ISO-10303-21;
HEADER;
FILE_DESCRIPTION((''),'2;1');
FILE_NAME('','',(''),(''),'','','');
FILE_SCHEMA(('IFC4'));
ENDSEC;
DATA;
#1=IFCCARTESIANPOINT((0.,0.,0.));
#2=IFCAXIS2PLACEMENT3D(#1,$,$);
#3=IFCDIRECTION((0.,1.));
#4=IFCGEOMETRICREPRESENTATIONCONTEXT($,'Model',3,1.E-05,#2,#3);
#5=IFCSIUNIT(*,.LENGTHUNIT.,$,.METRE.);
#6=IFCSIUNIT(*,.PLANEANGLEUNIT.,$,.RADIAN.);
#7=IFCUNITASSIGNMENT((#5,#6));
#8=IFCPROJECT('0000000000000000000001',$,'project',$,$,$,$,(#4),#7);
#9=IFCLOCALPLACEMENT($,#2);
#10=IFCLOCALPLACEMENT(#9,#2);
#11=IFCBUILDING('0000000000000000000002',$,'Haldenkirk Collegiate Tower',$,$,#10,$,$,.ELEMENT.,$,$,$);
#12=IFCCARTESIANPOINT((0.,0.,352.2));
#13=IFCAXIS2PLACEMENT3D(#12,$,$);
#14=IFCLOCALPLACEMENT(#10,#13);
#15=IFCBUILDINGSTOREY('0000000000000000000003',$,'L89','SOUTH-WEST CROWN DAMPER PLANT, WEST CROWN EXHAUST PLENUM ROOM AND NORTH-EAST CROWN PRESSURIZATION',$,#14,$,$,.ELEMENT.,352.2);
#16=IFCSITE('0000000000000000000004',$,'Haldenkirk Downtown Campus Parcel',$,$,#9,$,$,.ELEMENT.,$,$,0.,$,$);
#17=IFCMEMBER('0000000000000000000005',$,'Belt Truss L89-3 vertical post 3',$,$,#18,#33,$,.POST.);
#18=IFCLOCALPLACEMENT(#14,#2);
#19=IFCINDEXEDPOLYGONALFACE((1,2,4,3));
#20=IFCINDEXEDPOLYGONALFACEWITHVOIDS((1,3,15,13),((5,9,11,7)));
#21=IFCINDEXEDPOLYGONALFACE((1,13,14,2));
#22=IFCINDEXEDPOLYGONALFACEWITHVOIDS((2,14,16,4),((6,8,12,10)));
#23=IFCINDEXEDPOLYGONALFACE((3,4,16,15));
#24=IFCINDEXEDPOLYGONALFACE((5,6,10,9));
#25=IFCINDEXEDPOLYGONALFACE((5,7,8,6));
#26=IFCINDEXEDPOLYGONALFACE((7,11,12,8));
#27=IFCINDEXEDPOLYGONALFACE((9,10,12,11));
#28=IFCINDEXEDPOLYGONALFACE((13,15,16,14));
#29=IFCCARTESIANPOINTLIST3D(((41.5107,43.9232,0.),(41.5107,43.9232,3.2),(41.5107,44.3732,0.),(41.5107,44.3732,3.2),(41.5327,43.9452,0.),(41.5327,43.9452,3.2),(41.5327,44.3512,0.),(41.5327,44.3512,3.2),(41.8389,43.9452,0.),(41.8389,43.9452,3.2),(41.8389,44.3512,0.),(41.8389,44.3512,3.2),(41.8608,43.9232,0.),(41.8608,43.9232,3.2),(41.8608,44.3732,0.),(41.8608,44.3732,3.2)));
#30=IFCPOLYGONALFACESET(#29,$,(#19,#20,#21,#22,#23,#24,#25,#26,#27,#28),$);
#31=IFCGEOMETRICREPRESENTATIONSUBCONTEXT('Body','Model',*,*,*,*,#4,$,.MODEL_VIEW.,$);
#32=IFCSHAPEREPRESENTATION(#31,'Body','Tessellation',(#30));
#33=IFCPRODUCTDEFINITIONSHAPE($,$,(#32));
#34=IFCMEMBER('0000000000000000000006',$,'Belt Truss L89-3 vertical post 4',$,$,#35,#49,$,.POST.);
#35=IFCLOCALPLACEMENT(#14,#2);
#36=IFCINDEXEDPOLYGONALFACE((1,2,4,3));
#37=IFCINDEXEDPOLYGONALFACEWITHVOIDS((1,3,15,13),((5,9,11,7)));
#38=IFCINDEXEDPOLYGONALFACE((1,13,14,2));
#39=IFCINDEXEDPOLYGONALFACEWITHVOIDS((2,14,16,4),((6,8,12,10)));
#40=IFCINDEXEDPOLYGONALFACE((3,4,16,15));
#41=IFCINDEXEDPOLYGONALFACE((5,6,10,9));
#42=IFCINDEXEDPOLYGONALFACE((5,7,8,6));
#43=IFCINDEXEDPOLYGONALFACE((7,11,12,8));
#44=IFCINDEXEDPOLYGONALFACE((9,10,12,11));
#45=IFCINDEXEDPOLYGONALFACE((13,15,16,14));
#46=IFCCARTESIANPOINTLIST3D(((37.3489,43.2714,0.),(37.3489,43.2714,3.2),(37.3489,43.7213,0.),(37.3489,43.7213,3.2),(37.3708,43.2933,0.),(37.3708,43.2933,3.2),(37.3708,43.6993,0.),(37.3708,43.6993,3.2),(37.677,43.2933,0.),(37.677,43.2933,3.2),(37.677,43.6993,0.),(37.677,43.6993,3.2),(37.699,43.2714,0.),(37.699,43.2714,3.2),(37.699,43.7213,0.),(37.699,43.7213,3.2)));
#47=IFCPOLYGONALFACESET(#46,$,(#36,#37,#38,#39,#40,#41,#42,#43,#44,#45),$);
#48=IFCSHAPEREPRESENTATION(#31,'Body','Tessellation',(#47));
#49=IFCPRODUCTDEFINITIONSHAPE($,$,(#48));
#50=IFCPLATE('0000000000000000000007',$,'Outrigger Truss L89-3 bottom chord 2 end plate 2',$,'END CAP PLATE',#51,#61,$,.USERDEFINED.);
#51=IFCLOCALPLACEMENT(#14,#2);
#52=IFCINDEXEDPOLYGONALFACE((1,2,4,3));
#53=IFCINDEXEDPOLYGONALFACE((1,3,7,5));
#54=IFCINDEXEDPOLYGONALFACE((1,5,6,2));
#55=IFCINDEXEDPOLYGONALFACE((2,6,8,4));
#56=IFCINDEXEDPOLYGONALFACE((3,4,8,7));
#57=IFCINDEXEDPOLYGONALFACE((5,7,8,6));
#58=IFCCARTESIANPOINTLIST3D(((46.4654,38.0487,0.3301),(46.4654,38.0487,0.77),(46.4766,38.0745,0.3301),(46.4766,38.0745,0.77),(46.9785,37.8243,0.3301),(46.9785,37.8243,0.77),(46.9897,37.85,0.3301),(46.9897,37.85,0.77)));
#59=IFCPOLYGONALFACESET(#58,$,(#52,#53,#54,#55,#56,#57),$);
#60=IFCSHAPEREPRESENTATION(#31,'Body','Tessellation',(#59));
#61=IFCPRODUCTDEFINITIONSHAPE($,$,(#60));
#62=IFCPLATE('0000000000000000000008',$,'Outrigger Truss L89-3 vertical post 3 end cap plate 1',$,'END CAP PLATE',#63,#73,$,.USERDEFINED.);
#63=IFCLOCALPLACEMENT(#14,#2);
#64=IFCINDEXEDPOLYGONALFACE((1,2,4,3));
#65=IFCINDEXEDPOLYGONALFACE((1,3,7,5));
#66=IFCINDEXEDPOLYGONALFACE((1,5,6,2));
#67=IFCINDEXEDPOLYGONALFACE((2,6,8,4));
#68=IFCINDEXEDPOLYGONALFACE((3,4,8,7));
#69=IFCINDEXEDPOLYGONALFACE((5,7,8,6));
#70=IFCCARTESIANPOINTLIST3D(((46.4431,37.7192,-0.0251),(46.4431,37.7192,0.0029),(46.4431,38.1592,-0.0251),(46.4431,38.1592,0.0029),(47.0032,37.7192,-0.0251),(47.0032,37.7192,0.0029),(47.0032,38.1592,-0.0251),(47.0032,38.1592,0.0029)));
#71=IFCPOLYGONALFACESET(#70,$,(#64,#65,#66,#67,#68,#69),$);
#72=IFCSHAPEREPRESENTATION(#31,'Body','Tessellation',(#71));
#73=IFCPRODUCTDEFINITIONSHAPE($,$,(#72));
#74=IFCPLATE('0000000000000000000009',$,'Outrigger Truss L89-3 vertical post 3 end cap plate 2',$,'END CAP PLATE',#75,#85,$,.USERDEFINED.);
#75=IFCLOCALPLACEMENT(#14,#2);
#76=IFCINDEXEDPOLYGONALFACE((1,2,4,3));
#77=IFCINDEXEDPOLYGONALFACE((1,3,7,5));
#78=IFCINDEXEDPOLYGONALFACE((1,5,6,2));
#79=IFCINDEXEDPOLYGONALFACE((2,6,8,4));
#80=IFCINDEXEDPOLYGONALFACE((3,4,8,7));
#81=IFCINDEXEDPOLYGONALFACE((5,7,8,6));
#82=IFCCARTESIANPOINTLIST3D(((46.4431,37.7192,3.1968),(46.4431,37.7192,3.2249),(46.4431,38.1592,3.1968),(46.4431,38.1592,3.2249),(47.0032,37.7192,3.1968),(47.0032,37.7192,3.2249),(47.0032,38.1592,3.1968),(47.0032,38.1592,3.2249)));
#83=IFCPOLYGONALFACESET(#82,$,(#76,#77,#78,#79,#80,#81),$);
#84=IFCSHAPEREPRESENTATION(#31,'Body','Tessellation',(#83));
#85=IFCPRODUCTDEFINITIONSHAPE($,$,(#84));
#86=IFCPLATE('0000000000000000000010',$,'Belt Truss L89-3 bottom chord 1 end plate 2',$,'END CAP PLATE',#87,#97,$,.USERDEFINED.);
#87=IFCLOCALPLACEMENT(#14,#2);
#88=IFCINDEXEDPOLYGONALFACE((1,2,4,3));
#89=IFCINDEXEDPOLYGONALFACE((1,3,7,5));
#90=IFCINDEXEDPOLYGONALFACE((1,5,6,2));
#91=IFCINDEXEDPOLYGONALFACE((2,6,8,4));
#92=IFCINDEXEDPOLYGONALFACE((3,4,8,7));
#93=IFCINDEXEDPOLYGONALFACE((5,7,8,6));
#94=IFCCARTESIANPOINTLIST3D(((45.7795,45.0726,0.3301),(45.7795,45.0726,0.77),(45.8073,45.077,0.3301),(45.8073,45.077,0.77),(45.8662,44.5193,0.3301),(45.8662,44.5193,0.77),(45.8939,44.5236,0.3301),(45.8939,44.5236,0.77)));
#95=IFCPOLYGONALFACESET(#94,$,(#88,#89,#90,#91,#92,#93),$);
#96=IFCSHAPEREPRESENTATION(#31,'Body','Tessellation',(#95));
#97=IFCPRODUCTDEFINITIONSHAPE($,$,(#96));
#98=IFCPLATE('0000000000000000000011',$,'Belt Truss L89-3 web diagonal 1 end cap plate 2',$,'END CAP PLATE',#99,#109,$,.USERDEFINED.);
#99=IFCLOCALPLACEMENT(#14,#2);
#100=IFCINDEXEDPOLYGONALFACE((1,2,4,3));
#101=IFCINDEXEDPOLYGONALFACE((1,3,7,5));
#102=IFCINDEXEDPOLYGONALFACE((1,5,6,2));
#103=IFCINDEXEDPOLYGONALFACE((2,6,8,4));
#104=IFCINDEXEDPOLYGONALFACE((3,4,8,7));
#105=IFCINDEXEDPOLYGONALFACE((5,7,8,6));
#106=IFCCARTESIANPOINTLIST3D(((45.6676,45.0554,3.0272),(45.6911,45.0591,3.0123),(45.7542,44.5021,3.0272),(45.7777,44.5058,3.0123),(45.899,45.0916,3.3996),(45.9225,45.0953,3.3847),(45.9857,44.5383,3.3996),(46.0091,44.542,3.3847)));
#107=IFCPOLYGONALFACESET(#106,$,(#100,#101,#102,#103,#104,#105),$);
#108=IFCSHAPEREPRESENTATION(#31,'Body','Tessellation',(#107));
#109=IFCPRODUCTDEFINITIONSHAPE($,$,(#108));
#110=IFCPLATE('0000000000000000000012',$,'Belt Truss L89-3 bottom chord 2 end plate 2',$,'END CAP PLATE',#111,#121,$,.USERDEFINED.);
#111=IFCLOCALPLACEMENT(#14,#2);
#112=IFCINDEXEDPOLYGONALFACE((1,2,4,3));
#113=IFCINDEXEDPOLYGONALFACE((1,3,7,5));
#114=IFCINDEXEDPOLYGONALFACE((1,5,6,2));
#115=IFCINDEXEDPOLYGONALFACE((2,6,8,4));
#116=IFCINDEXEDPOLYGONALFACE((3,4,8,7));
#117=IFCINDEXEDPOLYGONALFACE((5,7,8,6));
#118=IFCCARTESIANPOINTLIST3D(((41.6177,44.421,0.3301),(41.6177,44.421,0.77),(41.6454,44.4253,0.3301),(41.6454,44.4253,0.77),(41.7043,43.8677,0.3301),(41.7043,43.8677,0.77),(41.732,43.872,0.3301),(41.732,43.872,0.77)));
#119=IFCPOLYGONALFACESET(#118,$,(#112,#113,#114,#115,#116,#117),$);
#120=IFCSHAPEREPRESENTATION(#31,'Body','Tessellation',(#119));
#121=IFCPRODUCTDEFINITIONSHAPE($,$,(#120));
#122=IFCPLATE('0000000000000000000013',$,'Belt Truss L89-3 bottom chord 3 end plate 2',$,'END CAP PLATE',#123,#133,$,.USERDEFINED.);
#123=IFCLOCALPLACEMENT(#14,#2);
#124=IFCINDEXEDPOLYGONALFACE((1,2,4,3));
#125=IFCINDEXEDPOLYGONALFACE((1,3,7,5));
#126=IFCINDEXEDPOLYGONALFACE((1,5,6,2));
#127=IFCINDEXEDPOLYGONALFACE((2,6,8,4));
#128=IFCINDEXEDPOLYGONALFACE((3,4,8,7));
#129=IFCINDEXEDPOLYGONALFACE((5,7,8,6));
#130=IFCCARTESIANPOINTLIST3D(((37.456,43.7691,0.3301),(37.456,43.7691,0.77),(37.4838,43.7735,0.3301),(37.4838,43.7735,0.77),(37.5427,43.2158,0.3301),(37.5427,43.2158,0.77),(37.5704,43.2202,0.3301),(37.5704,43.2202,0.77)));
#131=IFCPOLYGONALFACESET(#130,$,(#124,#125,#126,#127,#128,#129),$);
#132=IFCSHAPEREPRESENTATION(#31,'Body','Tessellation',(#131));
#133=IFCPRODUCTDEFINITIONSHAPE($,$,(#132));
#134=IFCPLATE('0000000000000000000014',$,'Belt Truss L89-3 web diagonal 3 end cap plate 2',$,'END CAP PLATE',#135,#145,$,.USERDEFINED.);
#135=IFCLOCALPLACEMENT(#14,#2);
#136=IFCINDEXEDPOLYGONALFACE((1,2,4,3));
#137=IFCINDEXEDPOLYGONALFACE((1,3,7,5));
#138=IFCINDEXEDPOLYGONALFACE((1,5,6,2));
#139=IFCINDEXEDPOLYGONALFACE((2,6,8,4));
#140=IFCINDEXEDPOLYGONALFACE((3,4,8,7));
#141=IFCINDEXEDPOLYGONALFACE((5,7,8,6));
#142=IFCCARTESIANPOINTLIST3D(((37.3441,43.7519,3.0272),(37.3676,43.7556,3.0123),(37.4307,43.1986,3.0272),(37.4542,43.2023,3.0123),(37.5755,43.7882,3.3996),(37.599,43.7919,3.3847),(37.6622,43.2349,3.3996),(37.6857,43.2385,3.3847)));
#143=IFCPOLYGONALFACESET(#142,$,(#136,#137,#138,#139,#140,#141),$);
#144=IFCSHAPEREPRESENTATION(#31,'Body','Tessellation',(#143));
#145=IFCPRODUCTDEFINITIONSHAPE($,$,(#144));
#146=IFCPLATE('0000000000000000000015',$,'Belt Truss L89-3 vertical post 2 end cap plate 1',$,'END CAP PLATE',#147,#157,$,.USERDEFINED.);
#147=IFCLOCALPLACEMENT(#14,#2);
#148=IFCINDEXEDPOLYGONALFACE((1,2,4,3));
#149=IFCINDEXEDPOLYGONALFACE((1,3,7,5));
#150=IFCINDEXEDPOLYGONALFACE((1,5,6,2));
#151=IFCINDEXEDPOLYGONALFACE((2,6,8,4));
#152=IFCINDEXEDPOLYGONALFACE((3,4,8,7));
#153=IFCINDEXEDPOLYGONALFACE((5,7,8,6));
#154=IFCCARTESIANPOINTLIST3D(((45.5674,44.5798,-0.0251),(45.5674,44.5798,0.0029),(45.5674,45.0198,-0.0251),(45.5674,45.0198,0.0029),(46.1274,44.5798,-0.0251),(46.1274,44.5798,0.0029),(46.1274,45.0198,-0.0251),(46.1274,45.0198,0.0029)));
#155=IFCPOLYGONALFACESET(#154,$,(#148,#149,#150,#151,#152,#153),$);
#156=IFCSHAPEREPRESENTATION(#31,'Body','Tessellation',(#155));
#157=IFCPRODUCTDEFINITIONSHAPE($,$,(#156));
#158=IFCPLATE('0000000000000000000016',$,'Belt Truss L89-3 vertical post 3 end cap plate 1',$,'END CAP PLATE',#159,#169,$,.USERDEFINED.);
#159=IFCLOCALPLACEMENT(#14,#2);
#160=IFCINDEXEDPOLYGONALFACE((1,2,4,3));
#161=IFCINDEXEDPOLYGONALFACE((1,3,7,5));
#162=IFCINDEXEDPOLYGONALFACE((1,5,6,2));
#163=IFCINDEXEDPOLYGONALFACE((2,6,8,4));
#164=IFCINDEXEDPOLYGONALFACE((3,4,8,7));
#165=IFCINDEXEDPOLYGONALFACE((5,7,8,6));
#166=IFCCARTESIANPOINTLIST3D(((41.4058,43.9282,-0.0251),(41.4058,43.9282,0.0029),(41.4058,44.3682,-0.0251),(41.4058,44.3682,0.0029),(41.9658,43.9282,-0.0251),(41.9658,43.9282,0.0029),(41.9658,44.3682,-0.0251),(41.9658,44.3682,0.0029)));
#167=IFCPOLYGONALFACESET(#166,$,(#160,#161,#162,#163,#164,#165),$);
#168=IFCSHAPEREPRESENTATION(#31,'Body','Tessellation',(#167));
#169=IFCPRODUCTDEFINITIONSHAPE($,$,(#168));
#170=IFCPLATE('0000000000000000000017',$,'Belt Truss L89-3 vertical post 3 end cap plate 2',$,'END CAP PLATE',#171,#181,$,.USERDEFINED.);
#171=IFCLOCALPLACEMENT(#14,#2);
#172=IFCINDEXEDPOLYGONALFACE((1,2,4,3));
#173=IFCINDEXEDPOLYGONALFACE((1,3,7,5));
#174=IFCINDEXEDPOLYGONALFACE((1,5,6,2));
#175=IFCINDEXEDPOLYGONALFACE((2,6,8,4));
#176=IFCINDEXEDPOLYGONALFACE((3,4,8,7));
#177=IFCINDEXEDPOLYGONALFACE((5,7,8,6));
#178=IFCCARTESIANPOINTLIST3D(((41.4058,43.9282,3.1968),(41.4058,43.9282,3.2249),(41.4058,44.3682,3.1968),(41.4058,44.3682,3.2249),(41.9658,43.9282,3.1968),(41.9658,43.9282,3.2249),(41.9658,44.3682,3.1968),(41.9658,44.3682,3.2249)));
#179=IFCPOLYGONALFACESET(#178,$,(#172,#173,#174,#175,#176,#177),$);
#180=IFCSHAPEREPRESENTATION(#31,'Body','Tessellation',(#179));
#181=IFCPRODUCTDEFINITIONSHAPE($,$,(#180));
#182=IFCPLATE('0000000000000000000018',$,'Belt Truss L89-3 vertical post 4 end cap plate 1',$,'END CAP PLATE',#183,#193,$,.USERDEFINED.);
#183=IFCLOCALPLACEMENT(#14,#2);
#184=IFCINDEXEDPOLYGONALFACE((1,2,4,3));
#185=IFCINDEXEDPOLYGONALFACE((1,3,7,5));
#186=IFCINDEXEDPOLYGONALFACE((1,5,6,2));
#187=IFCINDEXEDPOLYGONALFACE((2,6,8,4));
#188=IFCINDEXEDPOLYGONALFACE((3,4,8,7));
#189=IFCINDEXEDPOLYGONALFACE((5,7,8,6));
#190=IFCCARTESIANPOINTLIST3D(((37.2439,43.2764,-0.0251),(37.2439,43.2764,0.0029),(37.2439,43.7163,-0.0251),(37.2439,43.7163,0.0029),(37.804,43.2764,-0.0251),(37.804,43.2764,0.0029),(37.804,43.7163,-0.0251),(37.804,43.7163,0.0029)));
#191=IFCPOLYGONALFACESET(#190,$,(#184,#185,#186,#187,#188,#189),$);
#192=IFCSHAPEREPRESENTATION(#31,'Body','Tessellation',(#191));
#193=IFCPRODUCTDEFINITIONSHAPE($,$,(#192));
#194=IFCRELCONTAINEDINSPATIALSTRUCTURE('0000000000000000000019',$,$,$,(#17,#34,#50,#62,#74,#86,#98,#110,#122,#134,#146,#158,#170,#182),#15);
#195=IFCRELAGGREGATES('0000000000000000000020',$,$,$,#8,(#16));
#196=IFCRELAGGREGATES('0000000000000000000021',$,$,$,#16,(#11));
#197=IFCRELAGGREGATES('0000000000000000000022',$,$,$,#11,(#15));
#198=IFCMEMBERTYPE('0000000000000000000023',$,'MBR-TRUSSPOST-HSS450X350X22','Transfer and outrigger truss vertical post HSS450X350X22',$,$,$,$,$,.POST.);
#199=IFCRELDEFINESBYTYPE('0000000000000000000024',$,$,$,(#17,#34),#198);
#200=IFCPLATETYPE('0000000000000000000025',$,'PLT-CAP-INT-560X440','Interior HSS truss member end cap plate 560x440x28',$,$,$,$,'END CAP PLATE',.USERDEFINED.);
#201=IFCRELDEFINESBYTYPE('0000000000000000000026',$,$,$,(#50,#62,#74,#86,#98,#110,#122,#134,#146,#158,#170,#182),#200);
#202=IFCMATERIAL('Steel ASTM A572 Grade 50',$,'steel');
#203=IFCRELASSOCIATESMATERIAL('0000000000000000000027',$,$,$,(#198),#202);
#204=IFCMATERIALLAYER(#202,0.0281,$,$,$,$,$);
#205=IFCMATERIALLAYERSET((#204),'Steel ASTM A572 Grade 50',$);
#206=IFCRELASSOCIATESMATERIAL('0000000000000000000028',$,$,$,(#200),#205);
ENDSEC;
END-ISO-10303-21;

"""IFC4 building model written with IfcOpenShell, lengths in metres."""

from ifc_helpers import new_model, si_unit, direction, frame, origin, origin_2d, place, context, subcontext, project, spatial, rectangle, hollow_rectangle, extrude, source, transform, mapped, material, layer, layer_set, material_profile, profile_set, type_object, element, save


model = new_model("IFC4")

# Units and contexts
model_context = context("Model", 3, precision=1e-05, world=origin(), true_north=direction((0.0, 1.0)))
body_context = subcontext(model_context, "Body", "Model", "MODEL_VIEW")
ifc_project = project(units=[si_unit("LENGTHUNIT", "METRE"), si_unit("PLANEANGLEUNIT", "RADIAN")], contexts=[model_context])

# Site, building, storey
site_placement = place(None, origin())
site = spatial("IfcSite", under=ifc_project, at=site_placement, Name="Haldenkirk Downtown Campus Parcel", CompositionType="ELEMENT", RefElevation=0.0)
building_placement = place(site_placement, origin())
building = spatial("IfcBuilding", under=site, at=building_placement, Name="Haldenkirk Collegiate Tower", CompositionType="ELEMENT")
storey_placement = place(building_placement, frame((0.0, 0.0, 352.2)))
storey = spatial("IfcBuildingStorey", under=building, at=storey_placement, Name="L89", Description="SOUTH-WEST CROWN DAMPER PLANT, WEST CROWN EXHAUST PLENUM ROOM AND NORTH-EAST CROWN PRESSURIZATION", CompositionType="ELEMENT", Elevation=352.2)

# Members
ifc_material_1 = material(Name="Steel ASTM A572 Grade 50", Category="steel")
ifc_material_profile_1 = material_profile(ifc_material_1, hollow_rectangle(XDim=0.3501, YDim=0.45, WallThickness=0.022, at=origin_2d()), Name="HSS450X350X22")
ifc_profile_set_1 = profile_set([ifc_material_profile_1], Name="Steel ASTM A572 Grade 50")
member_type_1 = type_object("IfcMemberType", Name="MBR-TRUSSPOST-HSS450X350X22", Description="Transfer and outrigger truss vertical post HSS450X350X22", PredefinedType="POST", material=ifc_profile_set_1)
for number, where, z_axis, x_axis, name in (
    (1, (41.6858, 44.1482, 0.0), (0.0, 0.0, 1.0), (1.0, 0.0, 0.0), "Belt Truss L89-3 vertical post 3"),
    (2, (37.5239, 43.4963, 0.0), (0.0, 0.0, 1.0), (1.0, 0.0, 0.0), "Belt Truss L89-3 vertical post 4"),
):
    element("IfcMember", number, at=place(storey_placement, frame(where, z_axis=z_axis, x_axis=x_axis)), inside=storey, type_object=member_type_1, Name=name, PredefinedType="POST", context=body_context, shape_type="SweptSolid", body=[
        extrude(hollow_rectangle(XDim=0.3501, YDim=0.45, WallThickness=0.022, at=origin_2d()), origin(), (0.0, 0.0, 1.0), 3.2),
    ])

# Plates
ifc_layer = layer(ifc_material_1, 0.0281)
ifc_layer_set = layer_set([ifc_layer], Name="Steel ASTM A572 Grade 50")
plate_type = type_object("IfcPlateType", Name="PLT-CAP-INT-560X440", Description="Interior HSS truss member end cap plate 560x440x28", ElementType="END CAP PLATE", PredefinedType="USERDEFINED", material=ifc_layer_set)
shared_shape = source(origin(), body_context, "Body", "SweptSolid", [
    extrude(rectangle(XDim=0.5601, YDim=0.4399, at=origin_2d()), origin(), (0.0, 0.0, 1.0), 0.0281),
])
for number, where, z_axis, x_axis, name in (
    (3, (46.7219, 37.9365, 0.55), (0.400763, 0.916182, 0.0), (-0.916182, 0.400763, 0.0), "Outrigger Truss L89-3 bottom chord 2 end plate 2"),
    (4, (46.7231, 37.9392, 0.0029), (0.0, 0.0, -1.0), (1.0, 0.0, 0.0), "Outrigger Truss L89-3 vertical post 3 end cap plate 1"),
    (5, (46.7231, 37.9392, 3.1968), (0.0, 0.0, 1.0), (1.0, 0.0, 0.0), "Outrigger Truss L89-3 vertical post 3 end cap plate 2"),
    (6, (45.8506, 44.8003, 0.55), (-0.98796, -0.154712, 0.0), (0.154712, -0.98796, 0.0), "Belt Truss L89-3 bottom chord 1 end plate 2"),
    (7, (45.8501, 44.8005, 3.1985), (-0.836253, -0.13095, 0.532479), (0.154706, -0.987961, 0.0), "Belt Truss L89-3 web diagonal 1 end cap plate 2"),
    (8, (41.6887, 44.1487, 0.55), (-0.98796, -0.154712, 0.0), (0.154712, -0.98796, 0.0), "Belt Truss L89-3 bottom chord 2 end plate 2"),
    (9, (37.5271, 43.4968, 0.55), (-0.98796, -0.154712, 0.0), (0.154712, -0.98796, 0.0), "Belt Truss L89-3 bottom chord 3 end plate 2"),
    (10, (37.5266, 43.4971, 3.1985), (-0.836245, -0.130972, 0.532486), (0.154733, -0.987956, 0.0), "Belt Truss L89-3 web diagonal 3 end cap plate 2"),
    (11, (45.8474, 44.7998, 0.0029), (0.0, 0.0, -1.0), (1.0, 0.0, 0.0), "Belt Truss L89-3 vertical post 2 end cap plate 1"),
    (12, (41.6858, 44.1482, 0.0029), (0.0, 0.0, -1.0), (1.0, 0.0, 0.0), "Belt Truss L89-3 vertical post 3 end cap plate 1"),
    (13, (41.6858, 44.1482, 3.1968), (0.0, 0.0, 1.0), (1.0, 0.0, 0.0), "Belt Truss L89-3 vertical post 3 end cap plate 2"),
    (14, (37.5239, 43.4963, 0.0029), (0.0, 0.0, -1.0), (1.0, 0.0, 0.0), "Belt Truss L89-3 vertical post 4 end cap plate 1"),
):
    element("IfcPlate", number, at=place(storey_placement, frame(where, z_axis=z_axis, x_axis=x_axis)), inside=storey, type_object=plate_type, Name=name, ObjectType="END CAP PLATE", PredefinedType="USERDEFINED", context=body_context, shape_type="MappedRepresentation", body=[
        mapped(shared_shape, transform((0.0, 0.0, 0.0), x_axis=(1.0, 0.0, 0.0), y_axis=(0.0, 1.0, 0.0), z_axis=(0.0, 0.0, 1.0), scale=1.0)),
    ])

save(model, "model.ifc")
